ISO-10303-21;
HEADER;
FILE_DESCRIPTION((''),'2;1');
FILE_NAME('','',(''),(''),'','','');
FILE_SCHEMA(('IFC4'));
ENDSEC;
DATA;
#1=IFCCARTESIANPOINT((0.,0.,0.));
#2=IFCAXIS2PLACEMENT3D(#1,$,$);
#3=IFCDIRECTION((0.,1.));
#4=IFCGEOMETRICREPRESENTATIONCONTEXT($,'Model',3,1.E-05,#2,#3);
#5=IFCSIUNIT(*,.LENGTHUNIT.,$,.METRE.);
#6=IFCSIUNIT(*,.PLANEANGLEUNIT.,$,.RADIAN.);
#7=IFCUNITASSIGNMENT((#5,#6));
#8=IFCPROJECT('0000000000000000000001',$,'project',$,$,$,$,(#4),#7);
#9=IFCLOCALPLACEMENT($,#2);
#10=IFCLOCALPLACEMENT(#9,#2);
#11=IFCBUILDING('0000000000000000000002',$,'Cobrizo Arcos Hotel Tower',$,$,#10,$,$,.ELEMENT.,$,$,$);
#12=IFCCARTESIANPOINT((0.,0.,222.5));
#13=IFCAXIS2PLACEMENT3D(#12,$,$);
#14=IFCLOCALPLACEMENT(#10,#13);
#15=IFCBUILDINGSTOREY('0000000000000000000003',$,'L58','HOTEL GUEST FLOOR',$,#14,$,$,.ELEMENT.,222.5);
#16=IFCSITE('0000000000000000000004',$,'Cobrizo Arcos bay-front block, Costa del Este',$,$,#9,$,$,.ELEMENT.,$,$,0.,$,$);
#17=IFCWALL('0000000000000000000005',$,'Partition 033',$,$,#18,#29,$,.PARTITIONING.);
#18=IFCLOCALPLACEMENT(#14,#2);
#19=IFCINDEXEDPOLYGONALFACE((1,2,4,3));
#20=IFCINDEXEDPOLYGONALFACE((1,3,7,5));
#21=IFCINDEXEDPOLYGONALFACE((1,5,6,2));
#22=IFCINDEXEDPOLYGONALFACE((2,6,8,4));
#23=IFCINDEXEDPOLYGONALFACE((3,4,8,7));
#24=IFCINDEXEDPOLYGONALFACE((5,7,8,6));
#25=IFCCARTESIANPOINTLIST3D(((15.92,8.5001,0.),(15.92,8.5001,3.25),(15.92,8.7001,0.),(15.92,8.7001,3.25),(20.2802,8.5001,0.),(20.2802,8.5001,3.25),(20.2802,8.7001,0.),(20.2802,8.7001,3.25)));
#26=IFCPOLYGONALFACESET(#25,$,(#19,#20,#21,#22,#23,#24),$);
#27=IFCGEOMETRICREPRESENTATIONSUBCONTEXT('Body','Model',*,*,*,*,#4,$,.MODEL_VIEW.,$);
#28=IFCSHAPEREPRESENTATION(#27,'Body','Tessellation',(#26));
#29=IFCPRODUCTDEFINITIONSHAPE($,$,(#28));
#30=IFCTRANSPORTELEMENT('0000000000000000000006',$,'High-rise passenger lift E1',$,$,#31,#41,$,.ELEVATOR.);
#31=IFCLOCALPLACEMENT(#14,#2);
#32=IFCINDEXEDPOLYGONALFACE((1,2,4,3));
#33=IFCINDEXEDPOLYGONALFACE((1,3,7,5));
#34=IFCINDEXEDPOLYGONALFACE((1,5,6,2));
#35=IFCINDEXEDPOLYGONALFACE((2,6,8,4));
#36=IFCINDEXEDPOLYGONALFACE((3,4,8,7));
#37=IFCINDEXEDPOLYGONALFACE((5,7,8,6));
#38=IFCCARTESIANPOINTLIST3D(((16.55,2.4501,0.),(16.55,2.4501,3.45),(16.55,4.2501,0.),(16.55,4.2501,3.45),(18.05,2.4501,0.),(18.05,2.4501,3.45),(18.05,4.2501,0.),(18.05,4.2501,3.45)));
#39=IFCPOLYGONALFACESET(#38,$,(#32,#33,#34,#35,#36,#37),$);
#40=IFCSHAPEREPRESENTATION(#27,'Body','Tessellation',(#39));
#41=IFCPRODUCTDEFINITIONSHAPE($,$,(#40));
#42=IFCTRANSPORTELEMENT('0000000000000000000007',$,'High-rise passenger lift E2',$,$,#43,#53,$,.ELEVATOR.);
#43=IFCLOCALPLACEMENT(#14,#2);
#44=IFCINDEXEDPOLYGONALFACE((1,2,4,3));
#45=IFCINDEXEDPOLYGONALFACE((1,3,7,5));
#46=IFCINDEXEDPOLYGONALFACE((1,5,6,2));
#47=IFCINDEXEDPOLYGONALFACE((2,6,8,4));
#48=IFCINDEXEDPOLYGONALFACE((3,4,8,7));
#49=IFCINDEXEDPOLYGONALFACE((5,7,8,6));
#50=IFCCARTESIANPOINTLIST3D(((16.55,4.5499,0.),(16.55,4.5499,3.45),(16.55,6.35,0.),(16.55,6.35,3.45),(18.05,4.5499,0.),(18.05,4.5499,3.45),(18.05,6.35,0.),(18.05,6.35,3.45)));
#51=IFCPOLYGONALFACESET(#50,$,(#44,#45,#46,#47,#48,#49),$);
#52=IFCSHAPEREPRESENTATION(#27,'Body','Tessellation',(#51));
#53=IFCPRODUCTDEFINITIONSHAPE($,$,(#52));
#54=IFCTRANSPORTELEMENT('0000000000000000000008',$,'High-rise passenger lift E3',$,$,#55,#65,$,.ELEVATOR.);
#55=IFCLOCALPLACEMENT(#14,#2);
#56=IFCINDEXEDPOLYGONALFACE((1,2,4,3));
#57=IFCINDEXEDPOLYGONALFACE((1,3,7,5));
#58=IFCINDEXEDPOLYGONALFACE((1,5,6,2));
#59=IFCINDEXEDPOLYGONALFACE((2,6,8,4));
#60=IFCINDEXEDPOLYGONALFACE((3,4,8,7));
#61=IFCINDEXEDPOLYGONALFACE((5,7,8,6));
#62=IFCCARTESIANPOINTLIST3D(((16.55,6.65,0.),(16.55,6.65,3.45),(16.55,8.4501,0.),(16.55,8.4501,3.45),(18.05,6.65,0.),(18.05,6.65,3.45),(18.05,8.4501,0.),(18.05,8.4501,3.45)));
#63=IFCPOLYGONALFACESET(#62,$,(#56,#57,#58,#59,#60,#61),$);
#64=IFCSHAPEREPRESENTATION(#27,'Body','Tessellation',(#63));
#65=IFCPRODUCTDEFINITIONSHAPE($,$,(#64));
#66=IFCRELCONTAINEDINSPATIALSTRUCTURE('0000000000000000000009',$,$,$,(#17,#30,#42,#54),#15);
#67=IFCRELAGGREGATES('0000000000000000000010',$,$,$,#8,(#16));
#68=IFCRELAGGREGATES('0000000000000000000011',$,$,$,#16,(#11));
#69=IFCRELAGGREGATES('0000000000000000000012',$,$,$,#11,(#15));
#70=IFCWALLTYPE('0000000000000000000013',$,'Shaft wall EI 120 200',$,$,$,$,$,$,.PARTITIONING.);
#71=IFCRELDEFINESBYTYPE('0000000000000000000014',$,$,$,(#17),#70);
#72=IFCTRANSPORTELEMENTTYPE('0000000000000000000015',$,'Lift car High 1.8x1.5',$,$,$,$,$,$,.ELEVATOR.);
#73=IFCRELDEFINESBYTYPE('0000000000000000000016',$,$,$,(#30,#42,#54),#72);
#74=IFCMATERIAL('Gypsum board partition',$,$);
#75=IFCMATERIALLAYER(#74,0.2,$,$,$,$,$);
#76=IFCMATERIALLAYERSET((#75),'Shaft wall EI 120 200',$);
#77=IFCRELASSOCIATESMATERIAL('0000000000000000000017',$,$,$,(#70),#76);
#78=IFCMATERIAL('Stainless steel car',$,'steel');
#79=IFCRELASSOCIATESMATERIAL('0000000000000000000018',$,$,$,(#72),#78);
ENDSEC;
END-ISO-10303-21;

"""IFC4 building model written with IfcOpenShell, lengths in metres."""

from ifc_helpers import new_model, si_unit, direction, frame, frame_2d, origin, origin_2d, place, context, subcontext, project, spatial, rectangle, extrude, material, layer, layer_set, type_object, element, save


model = new_model("IFC4")

# Units and contexts
model_context = context("Model", 3, precision=1e-05, world=origin(), true_north=direction((0.0, 1.0)))
body_context = subcontext(model_context, "Body", "Model", "MODEL_VIEW")
ifc_project = project(units=[si_unit("LENGTHUNIT", "METRE"), si_unit("PLANEANGLEUNIT", "RADIAN")], contexts=[model_context])

# Site, building, storey
site_placement = place(None, origin())
site = spatial("IfcSite", under=ifc_project, at=site_placement, Name="Cobrizo Arcos bay-front block, Costa del Este", CompositionType="ELEMENT", RefElevation=0.0)
building_placement = place(site_placement, origin())
building = spatial("IfcBuilding", under=site, at=building_placement, Name="Cobrizo Arcos Hotel Tower", CompositionType="ELEMENT")
storey_placement = place(building_placement, frame((0.0, 0.0, 222.5)))
storey = spatial("IfcBuildingStorey", under=building, at=storey_placement, Name="L58", Description="HOTEL GUEST FLOOR", CompositionType="ELEMENT", Elevation=222.5)

# Shared definitions
ifc_material_1 = material(Name="Gypsum board partition")

# Shared definitions
ifc_layer_1 = layer(ifc_material_1, 0.2)
ifc_layer_set_1 = layer_set([ifc_layer_1], Name="Shaft wall EI 120 200")
wall_type_1 = type_object("IfcWallType", Name="Shaft wall EI 120 200", PredefinedType="PARTITIONING", material=ifc_layer_set_1)

# Wall
wall_1_placement = place(storey_placement, frame((15.9199, 8.6001, 0.0), z_axis=(0.0, 0.0, 1.0), x_axis=(1.0, 0.0, 0.0)))
element("IfcWall", 1, at=wall_1_placement, inside=storey, type_object=wall_type_1, Name="Partition 033", PredefinedType="PARTITIONING", context=body_context, shape_type="SweptSolid", body=[
    extrude(rectangle(XDim=4.3601, YDim=0.2, at=frame_2d((2.1802, 0.0))), origin(), (0.0, 0.0, 1.0), 3.25),
])

# Transport elements
ifc_material_2 = material(Name="Stainless steel car", Category="steel")
transport_element_type = type_object("IfcTransportElementType", Name="Lift car High 1.8x1.5", PredefinedType="ELEVATOR", material=ifc_material_2)
for number, where, z_axis, x_axis, name in (
    (2, (17.3, 3.3501, 0.0), (0.0, 0.0, 1.0), (1.0, 0.0, 0.0), "High-rise passenger lift E1"),
    (3, (17.3, 5.45, 0.0), (0.0, 0.0, 1.0), (1.0, 0.0, 0.0), "High-rise passenger lift E2"),
    (4, (17.3, 7.55, 0.0), (0.0, 0.0, 1.0), (1.0, 0.0, 0.0), "High-rise passenger lift E3"),
):
    element("IfcTransportElement", number, at=place(storey_placement, frame(where, z_axis=z_axis, x_axis=x_axis)), inside=storey, type_object=transport_element_type, Name=name, PredefinedType="ELEVATOR", context=body_context, shape_type="SweptSolid", body=[
        extrude(rectangle(XDim=1.5, YDim=1.8, at=origin_2d()), origin(), (0.0, 0.0, 1.0), 3.45),
    ])

save(model, "model.ifc")
